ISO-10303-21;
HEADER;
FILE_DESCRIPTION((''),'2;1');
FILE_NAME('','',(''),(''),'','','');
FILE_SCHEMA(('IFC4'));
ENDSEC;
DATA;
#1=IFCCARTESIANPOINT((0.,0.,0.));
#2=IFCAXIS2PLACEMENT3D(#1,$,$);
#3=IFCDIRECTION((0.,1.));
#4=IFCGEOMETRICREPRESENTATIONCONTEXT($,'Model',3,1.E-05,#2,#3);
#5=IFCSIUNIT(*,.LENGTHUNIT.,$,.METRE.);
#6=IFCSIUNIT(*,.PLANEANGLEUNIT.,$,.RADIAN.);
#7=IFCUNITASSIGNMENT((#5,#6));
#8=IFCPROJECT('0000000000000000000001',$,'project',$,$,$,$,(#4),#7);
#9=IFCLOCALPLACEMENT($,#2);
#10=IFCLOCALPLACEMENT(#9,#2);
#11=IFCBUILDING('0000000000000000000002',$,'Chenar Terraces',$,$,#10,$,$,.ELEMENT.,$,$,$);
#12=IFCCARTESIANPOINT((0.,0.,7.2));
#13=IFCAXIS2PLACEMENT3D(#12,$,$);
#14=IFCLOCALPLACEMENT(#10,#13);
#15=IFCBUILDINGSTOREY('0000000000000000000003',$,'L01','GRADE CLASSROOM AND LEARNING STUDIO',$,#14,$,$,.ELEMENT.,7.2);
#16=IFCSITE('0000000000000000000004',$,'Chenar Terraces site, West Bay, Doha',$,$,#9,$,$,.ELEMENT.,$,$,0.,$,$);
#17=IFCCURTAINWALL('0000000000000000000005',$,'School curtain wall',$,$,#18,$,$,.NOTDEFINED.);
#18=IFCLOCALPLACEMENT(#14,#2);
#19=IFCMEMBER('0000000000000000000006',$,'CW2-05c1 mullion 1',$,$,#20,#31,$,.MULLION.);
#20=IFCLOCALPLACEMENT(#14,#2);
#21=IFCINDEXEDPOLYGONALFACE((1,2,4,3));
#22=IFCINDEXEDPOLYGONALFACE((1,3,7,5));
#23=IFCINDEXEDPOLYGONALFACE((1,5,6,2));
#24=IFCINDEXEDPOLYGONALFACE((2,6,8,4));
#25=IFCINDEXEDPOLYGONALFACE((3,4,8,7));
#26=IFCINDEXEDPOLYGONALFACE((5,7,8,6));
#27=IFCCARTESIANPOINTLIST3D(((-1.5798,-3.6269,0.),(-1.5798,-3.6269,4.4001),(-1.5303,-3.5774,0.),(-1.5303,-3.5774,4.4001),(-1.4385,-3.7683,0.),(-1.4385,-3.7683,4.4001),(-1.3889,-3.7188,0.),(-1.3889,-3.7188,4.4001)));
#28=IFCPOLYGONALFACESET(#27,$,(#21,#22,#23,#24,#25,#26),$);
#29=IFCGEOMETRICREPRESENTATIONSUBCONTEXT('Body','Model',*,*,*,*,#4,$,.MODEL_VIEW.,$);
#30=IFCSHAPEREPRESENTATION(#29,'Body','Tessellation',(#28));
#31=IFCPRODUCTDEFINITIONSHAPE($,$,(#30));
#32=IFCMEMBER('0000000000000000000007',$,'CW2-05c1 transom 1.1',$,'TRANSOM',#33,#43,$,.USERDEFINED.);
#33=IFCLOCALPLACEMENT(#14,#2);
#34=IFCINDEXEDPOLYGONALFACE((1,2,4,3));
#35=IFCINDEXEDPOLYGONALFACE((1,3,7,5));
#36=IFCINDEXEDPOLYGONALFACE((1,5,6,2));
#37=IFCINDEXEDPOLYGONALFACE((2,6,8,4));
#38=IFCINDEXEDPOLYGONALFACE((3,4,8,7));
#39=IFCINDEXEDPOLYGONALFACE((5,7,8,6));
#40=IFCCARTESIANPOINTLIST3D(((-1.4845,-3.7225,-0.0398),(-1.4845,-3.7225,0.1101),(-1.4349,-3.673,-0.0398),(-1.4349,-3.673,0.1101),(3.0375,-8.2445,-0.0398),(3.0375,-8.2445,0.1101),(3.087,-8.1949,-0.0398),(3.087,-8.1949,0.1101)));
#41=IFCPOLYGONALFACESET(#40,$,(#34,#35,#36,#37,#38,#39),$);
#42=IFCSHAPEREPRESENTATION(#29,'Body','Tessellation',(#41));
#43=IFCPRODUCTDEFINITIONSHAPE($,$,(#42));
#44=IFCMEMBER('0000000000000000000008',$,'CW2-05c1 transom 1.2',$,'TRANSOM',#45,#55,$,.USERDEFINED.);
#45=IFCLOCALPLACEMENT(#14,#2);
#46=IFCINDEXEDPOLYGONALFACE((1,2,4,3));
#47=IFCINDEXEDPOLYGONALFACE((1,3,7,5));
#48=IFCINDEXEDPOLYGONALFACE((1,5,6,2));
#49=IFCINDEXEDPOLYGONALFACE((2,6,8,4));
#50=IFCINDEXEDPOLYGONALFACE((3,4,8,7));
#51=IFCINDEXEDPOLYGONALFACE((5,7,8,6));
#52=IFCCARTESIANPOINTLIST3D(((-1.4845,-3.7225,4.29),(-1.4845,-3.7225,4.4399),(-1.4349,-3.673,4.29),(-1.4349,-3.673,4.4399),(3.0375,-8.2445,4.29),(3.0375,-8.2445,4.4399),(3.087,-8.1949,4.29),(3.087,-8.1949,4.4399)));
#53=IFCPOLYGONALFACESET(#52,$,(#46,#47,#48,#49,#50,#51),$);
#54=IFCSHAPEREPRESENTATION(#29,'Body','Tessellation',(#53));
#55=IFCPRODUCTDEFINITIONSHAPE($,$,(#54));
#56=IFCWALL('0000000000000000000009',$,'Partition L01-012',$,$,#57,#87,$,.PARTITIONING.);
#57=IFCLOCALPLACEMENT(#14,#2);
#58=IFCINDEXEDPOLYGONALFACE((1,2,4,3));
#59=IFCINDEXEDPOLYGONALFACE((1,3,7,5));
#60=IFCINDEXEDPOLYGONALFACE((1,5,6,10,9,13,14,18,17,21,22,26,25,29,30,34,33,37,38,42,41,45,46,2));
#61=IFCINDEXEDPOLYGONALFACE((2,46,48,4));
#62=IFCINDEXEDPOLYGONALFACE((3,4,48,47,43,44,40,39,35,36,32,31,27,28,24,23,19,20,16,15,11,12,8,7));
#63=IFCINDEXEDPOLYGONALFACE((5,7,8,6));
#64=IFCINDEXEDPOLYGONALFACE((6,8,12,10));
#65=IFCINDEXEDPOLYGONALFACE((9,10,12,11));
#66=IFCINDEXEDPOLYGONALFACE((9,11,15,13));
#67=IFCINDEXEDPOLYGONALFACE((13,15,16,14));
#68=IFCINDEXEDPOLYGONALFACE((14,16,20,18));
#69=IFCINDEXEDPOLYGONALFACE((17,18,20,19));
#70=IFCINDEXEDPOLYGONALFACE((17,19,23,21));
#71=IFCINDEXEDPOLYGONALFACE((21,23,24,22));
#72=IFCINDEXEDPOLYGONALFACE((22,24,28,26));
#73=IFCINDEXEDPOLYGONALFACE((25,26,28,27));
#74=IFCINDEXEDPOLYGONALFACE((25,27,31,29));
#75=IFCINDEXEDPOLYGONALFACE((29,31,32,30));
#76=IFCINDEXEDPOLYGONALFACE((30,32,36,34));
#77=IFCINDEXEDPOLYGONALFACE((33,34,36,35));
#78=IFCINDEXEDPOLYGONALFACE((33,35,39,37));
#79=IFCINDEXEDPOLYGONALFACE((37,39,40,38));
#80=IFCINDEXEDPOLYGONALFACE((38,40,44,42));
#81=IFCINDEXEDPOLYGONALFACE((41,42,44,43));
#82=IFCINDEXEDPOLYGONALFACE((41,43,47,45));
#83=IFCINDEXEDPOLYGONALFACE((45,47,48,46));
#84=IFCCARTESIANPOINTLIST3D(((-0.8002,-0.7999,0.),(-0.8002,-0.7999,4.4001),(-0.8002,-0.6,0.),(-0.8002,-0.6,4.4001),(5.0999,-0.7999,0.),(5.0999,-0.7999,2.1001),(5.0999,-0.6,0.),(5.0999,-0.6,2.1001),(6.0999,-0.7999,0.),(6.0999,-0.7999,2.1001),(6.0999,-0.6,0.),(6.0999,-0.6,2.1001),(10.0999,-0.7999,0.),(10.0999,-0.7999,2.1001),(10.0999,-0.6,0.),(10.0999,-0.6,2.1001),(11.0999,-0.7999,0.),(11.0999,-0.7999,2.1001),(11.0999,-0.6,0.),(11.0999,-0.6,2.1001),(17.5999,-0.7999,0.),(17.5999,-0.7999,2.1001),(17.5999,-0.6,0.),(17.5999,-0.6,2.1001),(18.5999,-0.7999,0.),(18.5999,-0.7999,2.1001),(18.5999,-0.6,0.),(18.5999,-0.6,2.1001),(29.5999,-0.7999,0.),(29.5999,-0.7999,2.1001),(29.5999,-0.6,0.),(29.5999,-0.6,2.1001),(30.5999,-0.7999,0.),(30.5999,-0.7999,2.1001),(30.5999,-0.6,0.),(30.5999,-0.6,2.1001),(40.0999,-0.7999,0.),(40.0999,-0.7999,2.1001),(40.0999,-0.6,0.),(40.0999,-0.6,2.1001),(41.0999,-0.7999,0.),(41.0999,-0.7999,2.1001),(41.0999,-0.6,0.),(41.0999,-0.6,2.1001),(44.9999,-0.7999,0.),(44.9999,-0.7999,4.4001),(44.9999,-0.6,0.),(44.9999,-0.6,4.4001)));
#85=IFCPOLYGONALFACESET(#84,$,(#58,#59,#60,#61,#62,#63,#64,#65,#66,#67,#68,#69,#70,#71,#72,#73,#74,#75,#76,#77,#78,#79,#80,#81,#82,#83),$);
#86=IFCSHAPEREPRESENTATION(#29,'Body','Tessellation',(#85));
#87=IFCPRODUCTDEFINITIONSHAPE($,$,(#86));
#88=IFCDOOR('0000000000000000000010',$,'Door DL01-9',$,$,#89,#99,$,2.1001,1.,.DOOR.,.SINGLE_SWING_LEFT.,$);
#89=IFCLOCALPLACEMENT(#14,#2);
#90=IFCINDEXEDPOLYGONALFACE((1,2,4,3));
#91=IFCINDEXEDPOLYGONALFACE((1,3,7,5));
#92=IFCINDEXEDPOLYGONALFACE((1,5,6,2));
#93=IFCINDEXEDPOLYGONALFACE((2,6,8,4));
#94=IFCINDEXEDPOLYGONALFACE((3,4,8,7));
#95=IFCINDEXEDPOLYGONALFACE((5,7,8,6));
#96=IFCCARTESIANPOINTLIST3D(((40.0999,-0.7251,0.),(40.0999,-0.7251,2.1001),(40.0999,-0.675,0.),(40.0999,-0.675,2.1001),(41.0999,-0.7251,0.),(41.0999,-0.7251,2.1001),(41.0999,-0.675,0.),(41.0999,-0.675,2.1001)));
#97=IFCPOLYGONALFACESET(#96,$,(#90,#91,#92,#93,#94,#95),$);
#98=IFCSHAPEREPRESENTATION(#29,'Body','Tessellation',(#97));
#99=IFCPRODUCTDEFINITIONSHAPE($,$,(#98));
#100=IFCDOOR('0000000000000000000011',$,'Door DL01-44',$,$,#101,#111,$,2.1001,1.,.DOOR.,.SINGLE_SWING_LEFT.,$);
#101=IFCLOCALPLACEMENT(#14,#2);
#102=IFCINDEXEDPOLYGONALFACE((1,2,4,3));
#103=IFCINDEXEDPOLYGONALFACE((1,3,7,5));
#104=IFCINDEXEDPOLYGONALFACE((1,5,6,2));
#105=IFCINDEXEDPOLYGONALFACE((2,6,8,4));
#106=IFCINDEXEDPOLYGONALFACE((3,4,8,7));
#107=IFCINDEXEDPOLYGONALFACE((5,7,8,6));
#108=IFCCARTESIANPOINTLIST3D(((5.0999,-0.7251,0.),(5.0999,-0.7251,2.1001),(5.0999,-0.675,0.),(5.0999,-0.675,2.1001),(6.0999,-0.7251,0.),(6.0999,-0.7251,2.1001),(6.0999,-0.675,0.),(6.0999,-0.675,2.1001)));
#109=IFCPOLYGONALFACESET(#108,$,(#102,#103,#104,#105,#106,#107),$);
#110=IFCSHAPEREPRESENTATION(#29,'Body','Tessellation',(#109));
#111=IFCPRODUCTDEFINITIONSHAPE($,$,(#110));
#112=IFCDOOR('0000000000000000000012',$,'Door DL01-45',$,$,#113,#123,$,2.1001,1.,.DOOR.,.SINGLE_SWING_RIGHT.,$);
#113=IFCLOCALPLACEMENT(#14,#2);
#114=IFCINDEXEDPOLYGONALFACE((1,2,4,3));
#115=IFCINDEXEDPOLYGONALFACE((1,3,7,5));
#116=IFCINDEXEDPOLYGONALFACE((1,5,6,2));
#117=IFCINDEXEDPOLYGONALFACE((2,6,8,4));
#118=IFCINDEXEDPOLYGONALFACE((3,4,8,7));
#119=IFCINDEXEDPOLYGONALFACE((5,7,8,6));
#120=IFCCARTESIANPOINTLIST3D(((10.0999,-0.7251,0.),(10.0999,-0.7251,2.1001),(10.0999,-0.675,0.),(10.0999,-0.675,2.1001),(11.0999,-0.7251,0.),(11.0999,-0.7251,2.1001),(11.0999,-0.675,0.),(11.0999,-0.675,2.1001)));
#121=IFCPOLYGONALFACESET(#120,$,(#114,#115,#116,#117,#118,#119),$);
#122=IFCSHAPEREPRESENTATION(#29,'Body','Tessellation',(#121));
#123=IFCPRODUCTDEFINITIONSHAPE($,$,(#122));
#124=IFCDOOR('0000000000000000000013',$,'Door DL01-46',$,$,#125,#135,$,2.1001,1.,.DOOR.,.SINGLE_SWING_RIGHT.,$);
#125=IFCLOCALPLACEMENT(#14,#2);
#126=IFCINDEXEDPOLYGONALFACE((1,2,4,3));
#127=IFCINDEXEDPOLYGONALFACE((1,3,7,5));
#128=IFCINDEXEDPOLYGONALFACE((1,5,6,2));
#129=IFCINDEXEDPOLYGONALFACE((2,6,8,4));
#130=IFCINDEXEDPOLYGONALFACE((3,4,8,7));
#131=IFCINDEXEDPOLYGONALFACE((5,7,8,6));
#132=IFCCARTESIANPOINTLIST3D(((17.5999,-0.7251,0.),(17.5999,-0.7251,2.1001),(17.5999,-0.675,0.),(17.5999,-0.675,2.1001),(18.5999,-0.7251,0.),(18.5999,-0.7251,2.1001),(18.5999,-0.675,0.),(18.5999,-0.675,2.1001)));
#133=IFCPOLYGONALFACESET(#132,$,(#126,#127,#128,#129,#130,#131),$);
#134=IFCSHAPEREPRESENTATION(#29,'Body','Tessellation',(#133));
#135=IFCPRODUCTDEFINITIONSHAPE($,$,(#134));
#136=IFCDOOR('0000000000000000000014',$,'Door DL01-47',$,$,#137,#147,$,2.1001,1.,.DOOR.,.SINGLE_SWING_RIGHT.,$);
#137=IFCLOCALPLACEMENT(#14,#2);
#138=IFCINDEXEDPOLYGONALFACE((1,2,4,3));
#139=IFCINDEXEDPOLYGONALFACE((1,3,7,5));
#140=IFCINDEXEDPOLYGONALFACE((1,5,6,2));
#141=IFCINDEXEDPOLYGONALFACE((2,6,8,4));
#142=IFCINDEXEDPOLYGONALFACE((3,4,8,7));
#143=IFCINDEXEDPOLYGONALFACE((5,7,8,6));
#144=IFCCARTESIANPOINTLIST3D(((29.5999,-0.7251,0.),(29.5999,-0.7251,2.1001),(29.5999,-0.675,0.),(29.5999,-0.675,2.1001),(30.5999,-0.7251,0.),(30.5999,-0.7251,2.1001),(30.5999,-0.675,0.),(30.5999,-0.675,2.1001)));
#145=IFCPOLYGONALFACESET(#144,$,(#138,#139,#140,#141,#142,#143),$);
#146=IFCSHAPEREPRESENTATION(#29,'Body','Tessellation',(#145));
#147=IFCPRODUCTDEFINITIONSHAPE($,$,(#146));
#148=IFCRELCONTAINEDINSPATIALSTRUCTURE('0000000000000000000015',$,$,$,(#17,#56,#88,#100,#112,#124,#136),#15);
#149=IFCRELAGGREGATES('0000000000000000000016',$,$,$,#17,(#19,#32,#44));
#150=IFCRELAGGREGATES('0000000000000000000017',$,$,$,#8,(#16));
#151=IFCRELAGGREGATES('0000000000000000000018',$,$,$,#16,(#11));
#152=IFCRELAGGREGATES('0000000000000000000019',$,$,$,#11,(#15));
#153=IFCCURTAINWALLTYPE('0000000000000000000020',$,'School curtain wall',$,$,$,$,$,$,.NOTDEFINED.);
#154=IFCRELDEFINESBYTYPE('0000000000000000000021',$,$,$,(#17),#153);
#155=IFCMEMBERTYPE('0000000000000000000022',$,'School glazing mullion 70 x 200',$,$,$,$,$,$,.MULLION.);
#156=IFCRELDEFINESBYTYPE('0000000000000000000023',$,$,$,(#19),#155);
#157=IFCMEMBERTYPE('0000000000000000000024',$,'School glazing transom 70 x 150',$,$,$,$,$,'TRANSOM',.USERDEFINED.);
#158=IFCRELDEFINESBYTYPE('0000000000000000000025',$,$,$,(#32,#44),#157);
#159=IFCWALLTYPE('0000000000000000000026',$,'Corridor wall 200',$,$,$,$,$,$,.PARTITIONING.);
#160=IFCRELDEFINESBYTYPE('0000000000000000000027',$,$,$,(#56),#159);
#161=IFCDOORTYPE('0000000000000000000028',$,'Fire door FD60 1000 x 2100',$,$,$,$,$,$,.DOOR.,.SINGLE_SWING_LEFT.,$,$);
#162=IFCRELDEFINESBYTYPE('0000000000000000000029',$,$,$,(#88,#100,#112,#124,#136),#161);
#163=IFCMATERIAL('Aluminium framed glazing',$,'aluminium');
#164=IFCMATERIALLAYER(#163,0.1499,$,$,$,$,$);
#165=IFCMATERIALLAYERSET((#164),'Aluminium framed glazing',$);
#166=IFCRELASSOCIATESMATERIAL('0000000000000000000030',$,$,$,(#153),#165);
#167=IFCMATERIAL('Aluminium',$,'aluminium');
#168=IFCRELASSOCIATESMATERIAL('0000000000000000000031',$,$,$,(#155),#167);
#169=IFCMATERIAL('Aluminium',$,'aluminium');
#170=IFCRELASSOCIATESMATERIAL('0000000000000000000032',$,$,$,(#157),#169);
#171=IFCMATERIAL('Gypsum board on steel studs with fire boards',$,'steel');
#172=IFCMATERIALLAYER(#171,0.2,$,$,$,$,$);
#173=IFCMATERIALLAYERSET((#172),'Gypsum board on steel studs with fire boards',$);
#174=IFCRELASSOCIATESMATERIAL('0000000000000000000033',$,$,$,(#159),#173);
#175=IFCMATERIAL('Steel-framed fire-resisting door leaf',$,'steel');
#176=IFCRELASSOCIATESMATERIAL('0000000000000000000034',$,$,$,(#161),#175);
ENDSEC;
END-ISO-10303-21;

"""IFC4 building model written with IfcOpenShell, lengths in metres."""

from ifc_helpers import new_model, si_unit, direction, frame, frame_2d, origin, origin_2d, place, context, subcontext, project, spatial, rectangle, extrude, material, layer, layer_set, material_profile, profile_set, type_object, element, fill, aggregate, save


model = new_model("IFC4")

# Units and contexts
model_context = context("Model", 3, precision=1e-05, world=origin(), true_north=direction((0.0, 1.0)))
body_context = subcontext(model_context, "Body", "Model", "MODEL_VIEW")
ifc_project = project(units=[si_unit("LENGTHUNIT", "METRE"), si_unit("PLANEANGLEUNIT", "RADIAN")], contexts=[model_context])

# Site, building, storey
site_placement = place(None, origin())
site = spatial("IfcSite", under=ifc_project, at=site_placement, Name="Chenar Terraces site, West Bay, Doha", CompositionType="ELEMENT", RefElevation=0.0)
building_placement = place(site_placement, origin())
building = spatial("IfcBuilding", under=site, at=building_placement, Name="Chenar Terraces", CompositionType="ELEMENT")
storey_placement = place(building_placement, frame((0.0, 0.0, 7.2)))
storey = spatial("IfcBuildingStorey", under=building, at=storey_placement, Name="L01", Description="GRADE CLASSROOM AND LEARNING STUDIO", CompositionType="ELEMENT", Elevation=7.2)

# Curtain wall, members
ifc_material_1 = material(Name="Aluminium framed glazing", Category="aluminium")
ifc_layer_1 = layer(ifc_material_1, 0.1499)
ifc_layer_set_1 = layer_set([ifc_layer_1], Name="Aluminium framed glazing")
curtain_wall_type = type_object("IfcCurtainWallType", Name="School curtain wall", PredefinedType="NOTDEFINED", material=ifc_layer_set_1)
curtain_wall_placement = place(storey_placement, origin())
curtain_wall = element("IfcCurtainWall", 1, at=curtain_wall_placement, inside=storey, type_object=curtain_wall_type, Name="School curtain wall", PredefinedType="NOTDEFINED")
ifc_material_2 = material(Name="Aluminium", Category="aluminium")
ifc_material_profile_1 = material_profile(ifc_material_2, rectangle(XDim=0.0701, YDim=0.2, at=origin_2d()), Name="School glazing mullion 70 x 200")
ifc_profile_set_1 = profile_set([ifc_material_profile_1], Name="Aluminium")
member_type_1 = type_object("IfcMemberType", Name="School glazing mullion 70 x 200", PredefinedType="MULLION", material=ifc_profile_set_1)
member_1_placement = place(storey_placement, frame((-1.4844, -3.6729, 0.0), z_axis=(0.0, 0.0, 1.0), x_axis=(0.707107, 0.707107, 0.0)))
member_1 = element("IfcMember", 2, at=member_1_placement, type_object=member_type_1, Name="CW2-05c1 mullion 1", PredefinedType="MULLION", context=body_context, shape_type="SweptSolid", body=[
    extrude(rectangle(XDim=0.0701, YDim=0.2, at=origin_2d()), origin(), (0.0, 0.0, 1.0), 4.4001),
])
ifc_material_3 = material(Name="Aluminium", Category="aluminium")
ifc_material_profile_2 = material_profile(ifc_material_3, rectangle(XDim=0.0701, YDim=0.1499, at=origin_2d()), Name="School glazing transom 70 x 150")
ifc_profile_set_2 = profile_set([ifc_material_profile_2], Name="Aluminium")
member_type_2 = type_object("IfcMemberType", Name="School glazing transom 70 x 150", ElementType="TRANSOM", PredefinedType="USERDEFINED", material=ifc_profile_set_2)
member_2_placement = place(storey_placement, frame((-1.4597, -3.6978, 0.0352), z_axis=(0.707107, -0.707107, 0.0), x_axis=(0.707107, 0.707107, 0.0)))
member_2 = element("IfcMember", 3, at=member_2_placement, type_object=member_type_2, Name="CW2-05c1 transom 1.1", ObjectType="TRANSOM", PredefinedType="USERDEFINED", context=body_context, shape_type="SweptSolid", body=[
    extrude(rectangle(XDim=0.0701, YDim=0.1499, at=origin_2d()), origin(), (0.0, 0.0, 1.0), 6.395),
])
member_3_placement = place(storey_placement, frame((-1.4597, -3.6978, 4.365), z_axis=(0.707107, -0.707107, 0.0), x_axis=(0.707107, 0.707107, 0.0)))
member_3 = element("IfcMember", 4, at=member_3_placement, type_object=member_type_2, Name="CW2-05c1 transom 1.2", ObjectType="TRANSOM", PredefinedType="USERDEFINED", context=body_context, shape_type="SweptSolid", body=[
    extrude(rectangle(XDim=0.0701, YDim=0.1499, at=origin_2d()), origin(), (0.0, 0.0, 1.0), 6.395),
])
aggregate(curtain_wall, [member_1, member_2, member_3])

# Wall, openings, doors
ifc_material_4 = material(Name="Gypsum board on steel studs with fire boards", Category="steel")
ifc_layer_2 = layer(ifc_material_4, 0.2)
ifc_layer_set_2 = layer_set([ifc_layer_2], Name="Gypsum board on steel studs with fire boards")
wall_type = type_object("IfcWallType", Name="Corridor wall 200", PredefinedType="PARTITIONING", material=ifc_layer_set_2)
ifc_material_5 = material(Name="Steel-framed fire-resisting door leaf", Category="steel")
door_type = type_object("IfcDoorType", Name="Fire door FD60 1000 x 2100", OperationType="SINGLE_SWING_LEFT", PredefinedType="DOOR", material=ifc_material_5)
wall_1_placement = place(storey_placement, frame((-0.8, -0.7, 0.0), z_axis=(0.0, 0.0, 1.0), x_axis=(1.0, 0.0, 0.0)))
wall_1 = element("IfcWall", 5, at=wall_1_placement, inside=storey, type_object=wall_type, Name="Partition L01-012", PredefinedType="PARTITIONING", context=body_context, shape_type="SweptSolid", body=[
    extrude(rectangle(XDim=45.8, YDim=0.2, at=frame_2d((22.8999, 0.0))), origin(), (0.0, 0.0, 1.0), 4.4001),
])
opening_1_placement = place(wall_1_placement, frame((40.8999, 0.0, 0.0)))
opening_1 = element("IfcOpeningElement", 6, at=opening_1_placement, cuts=wall_1, PredefinedType="OPENING", context=body_context, shape_type="SweptSolid", body=[
    extrude(rectangle(XDim=1.0, YDim=2.1001, at=frame_2d((0.5, 1.05))), frame((0.0, 0.1099, 0.0), z_axis=(0.0, -1.0, 0.0), x_axis=(1.0, 0.0, 0.0)), (0.0, 0.0, 1.0), 0.22),
])
opening_2_placement = place(wall_1_placement, frame((5.8999, 0.0, 0.0)))
opening_2 = element("IfcOpeningElement", 7, at=opening_2_placement, cuts=wall_1, PredefinedType="OPENING", context=body_context, shape_type="SweptSolid", body=[
    extrude(rectangle(XDim=1.0, YDim=2.1001, at=frame_2d((0.5, 1.05))), frame((0.0, 0.1099, 0.0), z_axis=(0.0, -1.0, 0.0), x_axis=(1.0, 0.0, 0.0)), (0.0, 0.0, 1.0), 0.22),
])
opening_3_placement = place(wall_1_placement, frame((10.8999, 0.0, 0.0)))
opening_3 = element("IfcOpeningElement", 8, at=opening_3_placement, cuts=wall_1, PredefinedType="OPENING", context=body_context, shape_type="SweptSolid", body=[
    extrude(rectangle(XDim=1.0, YDim=2.1001, at=frame_2d((0.5, 1.05))), frame((0.0, 0.1099, 0.0), z_axis=(0.0, -1.0, 0.0), x_axis=(1.0, 0.0, 0.0)), (0.0, 0.0, 1.0), 0.22),
])
opening_4_placement = place(wall_1_placement, frame((18.3999, 0.0, 0.0)))
opening_4 = element("IfcOpeningElement", 9, at=opening_4_placement, cuts=wall_1, PredefinedType="OPENING", context=body_context, shape_type="SweptSolid", body=[
    extrude(rectangle(XDim=1.0, YDim=2.1001, at=frame_2d((0.5, 1.05))), frame((0.0, 0.1099, 0.0), z_axis=(0.0, -1.0, 0.0), x_axis=(1.0, 0.0, 0.0)), (0.0, 0.0, 1.0), 0.22),
])
opening_5_placement = place(wall_1_placement, frame((30.3999, 0.0, 0.0)))
opening_5 = element("IfcOpeningElement", 10, at=opening_5_placement, cuts=wall_1, PredefinedType="OPENING", context=body_context, shape_type="SweptSolid", body=[
    extrude(rectangle(XDim=1.0, YDim=2.1001, at=frame_2d((0.5, 1.05))), frame((0.0, 0.1099, 0.0), z_axis=(0.0, -1.0, 0.0), x_axis=(1.0, 0.0, 0.0)), (0.0, 0.0, 1.0), 0.22),
])
door_1_placement = place(opening_1_placement, origin())
door_1 = element("IfcDoor", 11, at=door_1_placement, inside=storey, type_object=door_type, Name="Door DL01-9", OperationType="SINGLE_SWING_LEFT", OverallHeight=2.1001, OverallWidth=1.0, PredefinedType="DOOR", context=body_context, shape_type="SweptSolid", body=[
    extrude(rectangle(XDim=1.0, YDim=2.1001, at=frame_2d((0.5, 1.05))), frame((0.0, 0.0249, 0.0), z_axis=(0.0, -1.0, 0.0), x_axis=(1.0, 0.0, 0.0)), (0.0, 0.0, 1.0), 0.05),
])
fill(opening_1, door_1)
door_2_placement = place(opening_2_placement, origin())
door_2 = element("IfcDoor", 12, at=door_2_placement, inside=storey, type_object=door_type, Name="Door DL01-44", OperationType="SINGLE_SWING_LEFT", OverallHeight=2.1001, OverallWidth=1.0, PredefinedType="DOOR", context=body_context, shape_type="SweptSolid", body=[
    extrude(rectangle(XDim=1.0, YDim=2.1001, at=frame_2d((0.5, 1.05))), frame((0.0, 0.0249, 0.0), z_axis=(0.0, -1.0, 0.0), x_axis=(1.0, 0.0, 0.0)), (0.0, 0.0, 1.0), 0.05),
])
fill(opening_2, door_2)
door_3_placement = place(opening_3_placement, origin())
door_3 = element("IfcDoor", 13, at=door_3_placement, inside=storey, type_object=door_type, Name="Door DL01-45", OperationType="SINGLE_SWING_RIGHT", OverallHeight=2.1001, OverallWidth=1.0, PredefinedType="DOOR", context=body_context, shape_type="SweptSolid", body=[
    extrude(rectangle(XDim=1.0, YDim=2.1001, at=frame_2d((0.5, 1.05))), frame((0.0, 0.0249, 0.0), z_axis=(0.0, -1.0, 0.0), x_axis=(1.0, 0.0, 0.0)), (0.0, 0.0, 1.0), 0.05),
])
fill(opening_3, door_3)
door_4_placement = place(opening_4_placement, origin())
door_4 = element("IfcDoor", 14, at=door_4_placement, inside=storey, type_object=door_type, Name="Door DL01-46", OperationType="SINGLE_SWING_RIGHT", OverallHeight=2.1001, OverallWidth=1.0, PredefinedType="DOOR", context=body_context, shape_type="SweptSolid", body=[
    extrude(rectangle(XDim=1.0, YDim=2.1001, at=frame_2d((0.5, 1.05))), frame((0.0, 0.0249, 0.0), z_axis=(0.0, -1.0, 0.0), x_axis=(1.0, 0.0, 0.0)), (0.0, 0.0, 1.0), 0.05),
])
fill(opening_4, door_4)
door_5_placement = place(opening_5_placement, origin())
door_5 = element("IfcDoor", 15, at=door_5_placement, inside=storey, type_object=door_type, Name="Door DL01-47", OperationType="SINGLE_SWING_RIGHT", OverallHeight=2.1001, OverallWidth=1.0, PredefinedType="DOOR", context=body_context, shape_type="SweptSolid", body=[
    extrude(rectangle(XDim=1.0, YDim=2.1001, at=frame_2d((0.5, 1.05))), frame((0.0, 0.0249, 0.0), z_axis=(0.0, -1.0, 0.0), x_axis=(1.0, 0.0, 0.0)), (0.0, 0.0, 1.0), 0.05),
])
fill(opening_5, door_5)

save(model, "model.ifc")
